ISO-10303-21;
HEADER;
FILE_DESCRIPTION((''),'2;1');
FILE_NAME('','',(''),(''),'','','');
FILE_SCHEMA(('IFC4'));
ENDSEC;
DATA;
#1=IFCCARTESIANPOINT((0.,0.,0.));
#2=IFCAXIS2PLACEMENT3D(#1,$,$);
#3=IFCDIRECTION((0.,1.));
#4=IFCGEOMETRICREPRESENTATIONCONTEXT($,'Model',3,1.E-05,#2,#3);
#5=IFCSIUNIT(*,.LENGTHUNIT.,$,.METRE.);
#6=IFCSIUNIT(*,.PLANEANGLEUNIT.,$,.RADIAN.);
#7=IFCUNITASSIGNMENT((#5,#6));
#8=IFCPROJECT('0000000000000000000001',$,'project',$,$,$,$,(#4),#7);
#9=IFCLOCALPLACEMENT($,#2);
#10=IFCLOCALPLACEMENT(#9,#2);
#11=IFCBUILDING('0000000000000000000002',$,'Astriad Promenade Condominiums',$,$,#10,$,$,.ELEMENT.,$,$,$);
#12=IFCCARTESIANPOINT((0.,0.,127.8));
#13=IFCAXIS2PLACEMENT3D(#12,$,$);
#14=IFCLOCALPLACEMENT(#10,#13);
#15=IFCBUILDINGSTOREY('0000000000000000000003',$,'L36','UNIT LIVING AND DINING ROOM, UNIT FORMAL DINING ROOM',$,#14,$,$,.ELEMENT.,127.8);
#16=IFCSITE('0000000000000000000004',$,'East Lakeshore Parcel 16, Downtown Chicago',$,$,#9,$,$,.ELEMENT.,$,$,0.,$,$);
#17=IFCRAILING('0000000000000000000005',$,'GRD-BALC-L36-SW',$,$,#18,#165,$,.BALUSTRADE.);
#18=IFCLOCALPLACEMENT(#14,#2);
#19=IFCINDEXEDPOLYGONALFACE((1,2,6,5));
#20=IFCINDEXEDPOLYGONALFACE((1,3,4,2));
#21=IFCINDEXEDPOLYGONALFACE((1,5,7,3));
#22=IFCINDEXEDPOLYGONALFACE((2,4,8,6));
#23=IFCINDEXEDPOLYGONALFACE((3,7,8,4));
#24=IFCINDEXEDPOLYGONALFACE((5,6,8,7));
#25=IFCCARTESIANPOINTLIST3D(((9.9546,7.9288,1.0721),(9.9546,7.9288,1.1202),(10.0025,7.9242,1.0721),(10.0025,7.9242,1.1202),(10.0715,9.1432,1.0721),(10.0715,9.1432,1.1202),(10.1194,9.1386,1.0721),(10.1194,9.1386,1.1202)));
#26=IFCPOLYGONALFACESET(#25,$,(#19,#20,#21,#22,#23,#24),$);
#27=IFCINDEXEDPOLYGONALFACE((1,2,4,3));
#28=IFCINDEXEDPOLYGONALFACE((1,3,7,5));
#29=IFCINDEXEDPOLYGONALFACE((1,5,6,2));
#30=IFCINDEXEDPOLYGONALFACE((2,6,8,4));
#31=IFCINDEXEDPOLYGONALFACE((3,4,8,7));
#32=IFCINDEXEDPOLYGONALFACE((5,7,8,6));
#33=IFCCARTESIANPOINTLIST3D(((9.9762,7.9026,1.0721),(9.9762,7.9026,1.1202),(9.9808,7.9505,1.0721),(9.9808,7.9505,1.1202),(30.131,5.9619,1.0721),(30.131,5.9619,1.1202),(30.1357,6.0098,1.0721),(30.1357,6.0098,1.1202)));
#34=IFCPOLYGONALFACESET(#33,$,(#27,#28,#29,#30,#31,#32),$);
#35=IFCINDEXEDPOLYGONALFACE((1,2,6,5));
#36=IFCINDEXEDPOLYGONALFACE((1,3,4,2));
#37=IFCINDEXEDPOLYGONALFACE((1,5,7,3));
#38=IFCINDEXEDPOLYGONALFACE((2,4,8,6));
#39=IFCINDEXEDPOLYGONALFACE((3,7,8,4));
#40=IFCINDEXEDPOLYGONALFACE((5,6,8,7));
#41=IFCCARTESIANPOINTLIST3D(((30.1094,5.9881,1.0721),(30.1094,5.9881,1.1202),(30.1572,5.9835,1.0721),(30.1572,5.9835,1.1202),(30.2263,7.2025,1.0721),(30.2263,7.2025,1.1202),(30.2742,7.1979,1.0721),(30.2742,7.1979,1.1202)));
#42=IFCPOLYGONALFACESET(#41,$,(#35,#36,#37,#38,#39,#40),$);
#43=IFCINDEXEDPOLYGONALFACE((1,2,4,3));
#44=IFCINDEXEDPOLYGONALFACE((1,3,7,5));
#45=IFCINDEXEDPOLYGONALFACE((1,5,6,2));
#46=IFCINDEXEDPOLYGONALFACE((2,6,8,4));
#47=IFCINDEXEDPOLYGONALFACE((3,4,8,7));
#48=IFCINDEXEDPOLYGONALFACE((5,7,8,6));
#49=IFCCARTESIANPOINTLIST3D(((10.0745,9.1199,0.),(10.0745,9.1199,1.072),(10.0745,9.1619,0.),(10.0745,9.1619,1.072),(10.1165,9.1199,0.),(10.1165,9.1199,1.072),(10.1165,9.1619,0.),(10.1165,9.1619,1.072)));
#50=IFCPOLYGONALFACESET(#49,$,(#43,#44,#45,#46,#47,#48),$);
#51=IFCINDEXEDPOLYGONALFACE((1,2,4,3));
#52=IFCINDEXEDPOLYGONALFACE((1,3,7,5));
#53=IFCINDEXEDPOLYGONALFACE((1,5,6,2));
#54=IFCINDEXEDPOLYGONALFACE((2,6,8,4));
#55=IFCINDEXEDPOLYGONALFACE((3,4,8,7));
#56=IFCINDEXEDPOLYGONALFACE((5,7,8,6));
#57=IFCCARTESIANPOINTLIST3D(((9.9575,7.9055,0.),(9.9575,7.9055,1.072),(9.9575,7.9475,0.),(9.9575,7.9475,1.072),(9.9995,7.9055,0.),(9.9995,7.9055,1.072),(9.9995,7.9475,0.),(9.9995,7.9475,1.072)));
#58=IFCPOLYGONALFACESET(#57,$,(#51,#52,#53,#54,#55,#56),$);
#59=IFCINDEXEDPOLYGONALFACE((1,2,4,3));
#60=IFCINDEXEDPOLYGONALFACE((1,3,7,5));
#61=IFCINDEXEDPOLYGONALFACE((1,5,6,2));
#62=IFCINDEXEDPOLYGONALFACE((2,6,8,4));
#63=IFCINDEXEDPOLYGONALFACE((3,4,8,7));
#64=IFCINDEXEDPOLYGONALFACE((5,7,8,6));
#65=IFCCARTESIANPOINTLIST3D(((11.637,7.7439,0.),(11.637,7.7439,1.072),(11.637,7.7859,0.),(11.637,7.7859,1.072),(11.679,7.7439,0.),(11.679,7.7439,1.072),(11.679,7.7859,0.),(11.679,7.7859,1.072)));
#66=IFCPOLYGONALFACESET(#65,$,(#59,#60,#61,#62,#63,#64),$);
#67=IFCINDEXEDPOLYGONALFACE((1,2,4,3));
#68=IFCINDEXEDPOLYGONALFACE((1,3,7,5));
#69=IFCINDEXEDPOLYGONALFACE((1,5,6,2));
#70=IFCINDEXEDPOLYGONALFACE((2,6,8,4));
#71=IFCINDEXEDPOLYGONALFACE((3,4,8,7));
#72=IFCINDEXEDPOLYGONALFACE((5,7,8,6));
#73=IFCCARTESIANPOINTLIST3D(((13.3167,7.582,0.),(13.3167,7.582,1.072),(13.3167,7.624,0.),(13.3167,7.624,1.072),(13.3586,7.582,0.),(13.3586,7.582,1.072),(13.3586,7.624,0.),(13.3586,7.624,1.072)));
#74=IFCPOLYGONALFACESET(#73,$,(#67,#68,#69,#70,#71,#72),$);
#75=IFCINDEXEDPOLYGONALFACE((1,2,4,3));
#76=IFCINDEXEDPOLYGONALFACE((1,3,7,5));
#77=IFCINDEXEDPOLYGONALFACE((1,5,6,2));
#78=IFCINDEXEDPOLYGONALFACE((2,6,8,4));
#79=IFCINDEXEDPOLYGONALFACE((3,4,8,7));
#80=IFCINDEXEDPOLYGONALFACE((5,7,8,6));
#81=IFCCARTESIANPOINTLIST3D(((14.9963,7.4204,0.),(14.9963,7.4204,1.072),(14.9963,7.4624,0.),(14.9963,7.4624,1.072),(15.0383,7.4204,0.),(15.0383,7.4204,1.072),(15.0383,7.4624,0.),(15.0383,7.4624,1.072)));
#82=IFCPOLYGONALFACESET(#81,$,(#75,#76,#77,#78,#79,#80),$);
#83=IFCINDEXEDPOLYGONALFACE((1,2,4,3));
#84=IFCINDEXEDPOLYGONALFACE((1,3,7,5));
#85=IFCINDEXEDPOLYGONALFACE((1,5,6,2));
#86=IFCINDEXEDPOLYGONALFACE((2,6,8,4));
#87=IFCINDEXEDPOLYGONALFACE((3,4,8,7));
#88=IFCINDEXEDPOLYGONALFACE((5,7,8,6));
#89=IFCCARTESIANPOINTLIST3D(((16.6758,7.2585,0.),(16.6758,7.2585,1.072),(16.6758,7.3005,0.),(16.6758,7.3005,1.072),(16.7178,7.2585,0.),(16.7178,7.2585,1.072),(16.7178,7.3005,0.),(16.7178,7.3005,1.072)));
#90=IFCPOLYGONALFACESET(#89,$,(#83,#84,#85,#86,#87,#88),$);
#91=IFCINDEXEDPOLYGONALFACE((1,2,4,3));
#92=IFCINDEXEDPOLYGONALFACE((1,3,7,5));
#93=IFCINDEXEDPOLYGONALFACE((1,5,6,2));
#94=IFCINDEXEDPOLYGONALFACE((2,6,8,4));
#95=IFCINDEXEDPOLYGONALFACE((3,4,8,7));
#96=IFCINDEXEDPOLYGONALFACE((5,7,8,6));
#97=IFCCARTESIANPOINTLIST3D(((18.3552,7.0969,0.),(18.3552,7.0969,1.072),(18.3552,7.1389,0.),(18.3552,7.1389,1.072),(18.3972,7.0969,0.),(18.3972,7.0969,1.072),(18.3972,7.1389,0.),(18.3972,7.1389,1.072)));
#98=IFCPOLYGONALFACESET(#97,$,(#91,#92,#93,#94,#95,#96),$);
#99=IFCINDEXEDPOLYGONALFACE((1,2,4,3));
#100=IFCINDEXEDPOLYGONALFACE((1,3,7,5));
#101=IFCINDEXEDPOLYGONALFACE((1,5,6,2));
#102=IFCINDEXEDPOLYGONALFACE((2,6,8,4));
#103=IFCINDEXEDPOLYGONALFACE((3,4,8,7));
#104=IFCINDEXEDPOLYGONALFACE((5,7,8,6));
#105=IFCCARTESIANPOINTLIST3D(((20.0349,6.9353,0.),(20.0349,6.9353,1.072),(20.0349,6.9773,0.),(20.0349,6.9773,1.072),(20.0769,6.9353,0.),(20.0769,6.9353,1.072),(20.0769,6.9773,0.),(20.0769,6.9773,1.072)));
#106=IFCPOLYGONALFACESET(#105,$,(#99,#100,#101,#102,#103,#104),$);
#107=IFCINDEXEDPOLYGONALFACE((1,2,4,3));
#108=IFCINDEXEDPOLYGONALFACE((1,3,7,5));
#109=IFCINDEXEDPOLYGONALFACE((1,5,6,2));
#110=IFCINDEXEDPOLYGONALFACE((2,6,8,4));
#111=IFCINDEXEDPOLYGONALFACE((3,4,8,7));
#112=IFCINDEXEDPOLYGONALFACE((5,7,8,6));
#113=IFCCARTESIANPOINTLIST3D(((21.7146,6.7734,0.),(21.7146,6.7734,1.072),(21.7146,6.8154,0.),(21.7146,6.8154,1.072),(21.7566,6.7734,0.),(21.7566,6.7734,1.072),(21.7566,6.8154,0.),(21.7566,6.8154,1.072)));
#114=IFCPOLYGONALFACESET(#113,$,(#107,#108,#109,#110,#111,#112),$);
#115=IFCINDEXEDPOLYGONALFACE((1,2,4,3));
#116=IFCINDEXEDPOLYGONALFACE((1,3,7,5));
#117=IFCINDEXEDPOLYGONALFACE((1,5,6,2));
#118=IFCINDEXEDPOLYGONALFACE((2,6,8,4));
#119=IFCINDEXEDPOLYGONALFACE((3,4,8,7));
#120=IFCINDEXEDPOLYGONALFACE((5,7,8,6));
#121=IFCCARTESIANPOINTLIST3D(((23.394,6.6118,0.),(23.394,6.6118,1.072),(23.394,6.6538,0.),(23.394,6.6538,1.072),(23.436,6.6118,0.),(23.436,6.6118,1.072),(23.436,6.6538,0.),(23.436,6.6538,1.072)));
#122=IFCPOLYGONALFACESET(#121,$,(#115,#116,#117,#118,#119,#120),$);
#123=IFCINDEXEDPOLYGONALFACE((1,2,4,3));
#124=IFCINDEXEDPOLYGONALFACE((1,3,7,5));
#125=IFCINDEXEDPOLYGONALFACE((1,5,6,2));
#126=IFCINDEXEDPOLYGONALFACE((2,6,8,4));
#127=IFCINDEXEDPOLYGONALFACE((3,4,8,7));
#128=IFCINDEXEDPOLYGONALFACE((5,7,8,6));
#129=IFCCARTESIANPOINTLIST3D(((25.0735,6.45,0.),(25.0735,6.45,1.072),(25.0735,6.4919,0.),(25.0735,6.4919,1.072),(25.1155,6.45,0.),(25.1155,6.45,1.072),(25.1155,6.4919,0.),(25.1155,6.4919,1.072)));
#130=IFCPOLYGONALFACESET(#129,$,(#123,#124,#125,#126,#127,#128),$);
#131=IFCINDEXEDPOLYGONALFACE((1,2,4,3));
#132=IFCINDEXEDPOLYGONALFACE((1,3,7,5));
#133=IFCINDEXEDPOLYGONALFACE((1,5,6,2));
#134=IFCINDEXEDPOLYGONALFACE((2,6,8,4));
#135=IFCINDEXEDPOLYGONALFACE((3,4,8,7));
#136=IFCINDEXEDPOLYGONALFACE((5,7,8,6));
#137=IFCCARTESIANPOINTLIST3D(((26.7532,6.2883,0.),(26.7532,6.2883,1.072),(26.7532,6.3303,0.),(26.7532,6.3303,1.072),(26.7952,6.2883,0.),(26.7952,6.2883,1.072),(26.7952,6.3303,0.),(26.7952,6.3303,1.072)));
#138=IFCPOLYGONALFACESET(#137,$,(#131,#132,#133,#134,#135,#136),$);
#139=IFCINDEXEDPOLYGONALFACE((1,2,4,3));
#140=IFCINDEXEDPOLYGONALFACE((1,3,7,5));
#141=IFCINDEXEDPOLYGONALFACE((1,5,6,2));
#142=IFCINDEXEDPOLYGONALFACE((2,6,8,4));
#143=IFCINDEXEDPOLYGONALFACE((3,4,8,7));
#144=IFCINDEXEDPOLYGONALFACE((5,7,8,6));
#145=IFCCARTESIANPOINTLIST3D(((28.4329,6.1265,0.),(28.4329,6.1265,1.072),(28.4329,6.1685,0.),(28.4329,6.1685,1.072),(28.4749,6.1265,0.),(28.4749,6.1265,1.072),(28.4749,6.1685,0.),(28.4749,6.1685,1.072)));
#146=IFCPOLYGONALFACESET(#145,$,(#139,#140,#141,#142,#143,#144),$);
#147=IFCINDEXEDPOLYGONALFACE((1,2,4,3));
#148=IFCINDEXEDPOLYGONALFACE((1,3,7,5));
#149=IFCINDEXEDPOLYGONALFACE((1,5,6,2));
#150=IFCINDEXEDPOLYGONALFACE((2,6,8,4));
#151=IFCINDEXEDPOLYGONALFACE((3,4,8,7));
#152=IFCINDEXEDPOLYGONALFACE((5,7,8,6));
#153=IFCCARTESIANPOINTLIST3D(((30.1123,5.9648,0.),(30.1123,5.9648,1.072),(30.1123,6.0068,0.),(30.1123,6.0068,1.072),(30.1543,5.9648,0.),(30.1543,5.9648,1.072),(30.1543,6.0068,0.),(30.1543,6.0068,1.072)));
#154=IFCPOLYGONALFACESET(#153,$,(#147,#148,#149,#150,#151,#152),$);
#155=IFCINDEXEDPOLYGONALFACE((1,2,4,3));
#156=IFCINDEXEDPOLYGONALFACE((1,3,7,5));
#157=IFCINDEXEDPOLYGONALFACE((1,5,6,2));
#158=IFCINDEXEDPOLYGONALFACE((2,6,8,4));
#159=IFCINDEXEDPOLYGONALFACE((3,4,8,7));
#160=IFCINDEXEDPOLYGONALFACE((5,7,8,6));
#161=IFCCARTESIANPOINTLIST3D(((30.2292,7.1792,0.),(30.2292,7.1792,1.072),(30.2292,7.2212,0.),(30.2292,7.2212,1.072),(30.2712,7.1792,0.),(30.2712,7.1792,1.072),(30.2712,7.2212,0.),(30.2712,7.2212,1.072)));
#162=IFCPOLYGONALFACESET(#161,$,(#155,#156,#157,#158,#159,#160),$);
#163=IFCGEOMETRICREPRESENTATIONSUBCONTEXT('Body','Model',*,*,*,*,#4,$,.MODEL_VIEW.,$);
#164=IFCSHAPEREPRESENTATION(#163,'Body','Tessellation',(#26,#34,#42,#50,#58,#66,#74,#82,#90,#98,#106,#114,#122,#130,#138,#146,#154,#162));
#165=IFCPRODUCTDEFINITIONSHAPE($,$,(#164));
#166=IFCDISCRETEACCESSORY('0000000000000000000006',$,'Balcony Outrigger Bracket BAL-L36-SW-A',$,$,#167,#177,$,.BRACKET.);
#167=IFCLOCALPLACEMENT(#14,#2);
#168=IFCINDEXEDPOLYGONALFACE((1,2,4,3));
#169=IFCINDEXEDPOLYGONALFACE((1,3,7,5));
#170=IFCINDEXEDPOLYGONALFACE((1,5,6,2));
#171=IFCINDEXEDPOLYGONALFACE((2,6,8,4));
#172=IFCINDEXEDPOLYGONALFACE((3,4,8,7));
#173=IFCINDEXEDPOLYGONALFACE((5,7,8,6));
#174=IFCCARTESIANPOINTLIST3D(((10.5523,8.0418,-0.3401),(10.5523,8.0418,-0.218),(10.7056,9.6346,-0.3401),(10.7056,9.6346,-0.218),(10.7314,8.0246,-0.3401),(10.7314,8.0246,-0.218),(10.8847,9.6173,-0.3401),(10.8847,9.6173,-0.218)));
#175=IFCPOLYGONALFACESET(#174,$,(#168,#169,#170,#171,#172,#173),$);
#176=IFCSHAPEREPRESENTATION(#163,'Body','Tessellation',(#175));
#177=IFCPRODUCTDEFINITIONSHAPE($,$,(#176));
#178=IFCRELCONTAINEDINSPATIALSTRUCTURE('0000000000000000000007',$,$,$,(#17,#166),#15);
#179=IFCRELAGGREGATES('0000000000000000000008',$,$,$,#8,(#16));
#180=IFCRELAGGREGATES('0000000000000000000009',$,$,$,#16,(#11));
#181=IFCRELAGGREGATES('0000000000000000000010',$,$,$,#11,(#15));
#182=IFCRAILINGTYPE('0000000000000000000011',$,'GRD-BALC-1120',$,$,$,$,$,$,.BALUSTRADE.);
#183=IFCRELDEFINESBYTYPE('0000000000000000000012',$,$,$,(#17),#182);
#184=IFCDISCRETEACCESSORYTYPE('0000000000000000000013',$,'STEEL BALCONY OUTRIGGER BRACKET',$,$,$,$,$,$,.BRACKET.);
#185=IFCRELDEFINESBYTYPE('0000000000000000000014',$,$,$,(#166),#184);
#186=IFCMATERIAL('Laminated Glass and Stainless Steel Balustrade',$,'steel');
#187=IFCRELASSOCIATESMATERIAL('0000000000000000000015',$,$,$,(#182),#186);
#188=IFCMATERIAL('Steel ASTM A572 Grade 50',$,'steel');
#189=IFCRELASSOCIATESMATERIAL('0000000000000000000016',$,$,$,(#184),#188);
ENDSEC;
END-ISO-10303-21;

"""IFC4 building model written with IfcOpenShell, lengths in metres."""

from ifc_helpers import new_model, si_unit, direction, frame, origin, origin_2d, place, context, subcontext, project, spatial, rectangle, extrude, source, transform, mapped, material, type_object, type_shapes, element, save


model = new_model("IFC4")

# Units and contexts
model_context = context("Model", 3, precision=1e-05, world=origin(), true_north=direction((0.0, 1.0)))
body_context = subcontext(model_context, "Body", "Model", "MODEL_VIEW")
ifc_project = project(units=[si_unit("LENGTHUNIT", "METRE"), si_unit("PLANEANGLEUNIT", "RADIAN")], contexts=[model_context])

# Site, building, storey
site_placement = place(None, origin())
site = spatial("IfcSite", under=ifc_project, at=site_placement, Name="East Lakeshore Parcel 16, Downtown Chicago", CompositionType="ELEMENT", RefElevation=0.0)
building_placement = place(site_placement, origin())
building = spatial("IfcBuilding", under=site, at=building_placement, Name="Astriad Promenade Condominiums", CompositionType="ELEMENT")
storey_placement = place(building_placement, frame((0.0, 0.0, 127.8)))
storey = spatial("IfcBuildingStorey", under=building, at=storey_placement, Name="L36", Description="UNIT LIVING AND DINING ROOM, UNIT FORMAL DINING ROOM", CompositionType="ELEMENT", Elevation=127.8)

# Railing
ifc_material_1 = material(Name="Laminated Glass and Stainless Steel Balustrade", Category="steel")
railing_type = type_object("IfcRailingType", Name="GRD-BALC-1120", PredefinedType="BALUSTRADE", material=ifc_material_1)
shared_shape_1 = source(origin(), body_context, "Body", "SweptSolid", [
    extrude(rectangle(XDim=0.0481, YDim=0.0481, at=origin_2d()), frame((0.0, 0.0, 1.0962), z_axis=(-0.095857, -0.995395, 0.0), x_axis=(0.995395, -0.095857, 0.0)), (0.0, 0.0, 1.0), 1.22),
    extrude(rectangle(XDim=0.0481, YDim=0.0481, at=origin_2d()), frame((-0.1169, -1.2144, 1.0962), z_axis=(0.995396, -0.095845, 0.0), x_axis=(0.095845, 0.995396, 0.0)), (0.0, 0.0, 1.0), 20.248),
    extrude(rectangle(XDim=0.0481, YDim=0.0481, at=origin_2d()), frame((20.0378, -3.155, 1.0962), z_axis=(0.095857, 0.995395, 0.0), x_axis=(-0.995395, 0.095857, 0.0)), (0.0, 0.0, 1.0), 1.22),
    extrude(rectangle(XDim=0.042, YDim=0.042, at=origin_2d()), origin(), (0.0, 0.0, 1.0), 1.072),
    extrude(rectangle(XDim=0.042, YDim=0.042, at=origin_2d()), frame((-0.1169, -1.2144, 0.0)), (0.0, 0.0, 1.0), 1.072),
    extrude(rectangle(XDim=0.042, YDim=0.042, at=origin_2d()), frame((1.5625, -1.376, 0.0)), (0.0, 0.0, 1.0), 1.072),
    extrude(rectangle(XDim=0.042, YDim=0.042, at=origin_2d()), frame((3.2422, -1.5378, 0.0)), (0.0, 0.0, 1.0), 1.072),
    extrude(rectangle(XDim=0.042, YDim=0.042, at=origin_2d()), frame((4.9219, -1.6995, 0.0)), (0.0, 0.0, 1.0), 1.072),
    extrude(rectangle(XDim=0.042, YDim=0.042, at=origin_2d()), frame((6.6013, -1.8613, 0.0)), (0.0, 0.0, 1.0), 1.072),
    extrude(rectangle(XDim=0.042, YDim=0.042, at=origin_2d()), frame((8.2808, -2.0229, 0.0)), (0.0, 0.0, 1.0), 1.072),
    extrude(rectangle(XDim=0.042, YDim=0.042, at=origin_2d()), frame((9.9604, -2.1846, 0.0)), (0.0, 0.0, 1.0), 1.072),
    extrude(rectangle(XDim=0.042, YDim=0.042, at=origin_2d()), frame((11.6401, -2.3464, 0.0)), (0.0, 0.0, 1.0), 1.072),
    extrude(rectangle(XDim=0.042, YDim=0.042, at=origin_2d()), frame((13.3196, -2.5081, 0.0)), (0.0, 0.0, 1.0), 1.072),
    extrude(rectangle(XDim=0.042, YDim=0.042, at=origin_2d()), frame((14.999, -2.6699, 0.0)), (0.0, 0.0, 1.0), 1.072),
    extrude(rectangle(XDim=0.042, YDim=0.042, at=origin_2d()), frame((16.6787, -2.8315, 0.0)), (0.0, 0.0, 1.0), 1.072),
    extrude(rectangle(XDim=0.042, YDim=0.042, at=origin_2d()), frame((18.3584, -2.9934, 0.0)), (0.0, 0.0, 1.0), 1.072),
    extrude(rectangle(XDim=0.042, YDim=0.042, at=origin_2d()), frame((20.0378, -3.155, 0.0)), (0.0, 0.0, 1.0), 1.072),
    extrude(rectangle(XDim=0.042, YDim=0.042, at=origin_2d()), frame((20.1548, -1.9407, 0.0)), (0.0, 0.0, 1.0), 1.072),
])
type_shapes(railing_type, [shared_shape_1])
railing_placement = place(storey_placement, frame((10.0955, 9.1409, 0.0)))
element("IfcRailing", 1, at=railing_placement, inside=storey, type_object=railing_type, Name="GRD-BALC-L36-SW", PredefinedType="BALUSTRADE", context=body_context, shape_type="MappedRepresentation", body=[
    mapped(shared_shape_1, transform((0.0, 0.0, 0.0), scale=1.0)),
])

# Discrete accessory
ifc_material_2 = material(Name="Steel ASTM A572 Grade 50", Category="steel")
discrete_accessory_type = type_object("IfcDiscreteAccessoryType", Name="STEEL BALCONY OUTRIGGER BRACKET", PredefinedType="BRACKET", material=ifc_material_2)
shared_shape_2 = source(origin(), body_context, "Body", "SweptSolid", [
    extrude(rectangle(XDim=1.6001, YDim=0.1799, at=origin_2d()), origin(), (0.0, 0.0, 1.0), 0.1221),
])
type_shapes(discrete_accessory_type, [shared_shape_2])
discrete_accessory_placement = place(storey_placement, frame((10.7185, 8.8296, -0.3401), z_axis=(0.0, 0.0, 1.0), x_axis=(-0.095846, -0.995396, 0.0)))
element("IfcDiscreteAccessory", 2, at=discrete_accessory_placement, inside=storey, type_object=discrete_accessory_type, Name="Balcony Outrigger Bracket BAL-L36-SW-A", PredefinedType="BRACKET", context=body_context, shape_type="MappedRepresentation", body=[
    mapped(shared_shape_2, transform((0.0, 0.0, 0.0), scale=1.0)),
])

save(model, "model.ifc")
